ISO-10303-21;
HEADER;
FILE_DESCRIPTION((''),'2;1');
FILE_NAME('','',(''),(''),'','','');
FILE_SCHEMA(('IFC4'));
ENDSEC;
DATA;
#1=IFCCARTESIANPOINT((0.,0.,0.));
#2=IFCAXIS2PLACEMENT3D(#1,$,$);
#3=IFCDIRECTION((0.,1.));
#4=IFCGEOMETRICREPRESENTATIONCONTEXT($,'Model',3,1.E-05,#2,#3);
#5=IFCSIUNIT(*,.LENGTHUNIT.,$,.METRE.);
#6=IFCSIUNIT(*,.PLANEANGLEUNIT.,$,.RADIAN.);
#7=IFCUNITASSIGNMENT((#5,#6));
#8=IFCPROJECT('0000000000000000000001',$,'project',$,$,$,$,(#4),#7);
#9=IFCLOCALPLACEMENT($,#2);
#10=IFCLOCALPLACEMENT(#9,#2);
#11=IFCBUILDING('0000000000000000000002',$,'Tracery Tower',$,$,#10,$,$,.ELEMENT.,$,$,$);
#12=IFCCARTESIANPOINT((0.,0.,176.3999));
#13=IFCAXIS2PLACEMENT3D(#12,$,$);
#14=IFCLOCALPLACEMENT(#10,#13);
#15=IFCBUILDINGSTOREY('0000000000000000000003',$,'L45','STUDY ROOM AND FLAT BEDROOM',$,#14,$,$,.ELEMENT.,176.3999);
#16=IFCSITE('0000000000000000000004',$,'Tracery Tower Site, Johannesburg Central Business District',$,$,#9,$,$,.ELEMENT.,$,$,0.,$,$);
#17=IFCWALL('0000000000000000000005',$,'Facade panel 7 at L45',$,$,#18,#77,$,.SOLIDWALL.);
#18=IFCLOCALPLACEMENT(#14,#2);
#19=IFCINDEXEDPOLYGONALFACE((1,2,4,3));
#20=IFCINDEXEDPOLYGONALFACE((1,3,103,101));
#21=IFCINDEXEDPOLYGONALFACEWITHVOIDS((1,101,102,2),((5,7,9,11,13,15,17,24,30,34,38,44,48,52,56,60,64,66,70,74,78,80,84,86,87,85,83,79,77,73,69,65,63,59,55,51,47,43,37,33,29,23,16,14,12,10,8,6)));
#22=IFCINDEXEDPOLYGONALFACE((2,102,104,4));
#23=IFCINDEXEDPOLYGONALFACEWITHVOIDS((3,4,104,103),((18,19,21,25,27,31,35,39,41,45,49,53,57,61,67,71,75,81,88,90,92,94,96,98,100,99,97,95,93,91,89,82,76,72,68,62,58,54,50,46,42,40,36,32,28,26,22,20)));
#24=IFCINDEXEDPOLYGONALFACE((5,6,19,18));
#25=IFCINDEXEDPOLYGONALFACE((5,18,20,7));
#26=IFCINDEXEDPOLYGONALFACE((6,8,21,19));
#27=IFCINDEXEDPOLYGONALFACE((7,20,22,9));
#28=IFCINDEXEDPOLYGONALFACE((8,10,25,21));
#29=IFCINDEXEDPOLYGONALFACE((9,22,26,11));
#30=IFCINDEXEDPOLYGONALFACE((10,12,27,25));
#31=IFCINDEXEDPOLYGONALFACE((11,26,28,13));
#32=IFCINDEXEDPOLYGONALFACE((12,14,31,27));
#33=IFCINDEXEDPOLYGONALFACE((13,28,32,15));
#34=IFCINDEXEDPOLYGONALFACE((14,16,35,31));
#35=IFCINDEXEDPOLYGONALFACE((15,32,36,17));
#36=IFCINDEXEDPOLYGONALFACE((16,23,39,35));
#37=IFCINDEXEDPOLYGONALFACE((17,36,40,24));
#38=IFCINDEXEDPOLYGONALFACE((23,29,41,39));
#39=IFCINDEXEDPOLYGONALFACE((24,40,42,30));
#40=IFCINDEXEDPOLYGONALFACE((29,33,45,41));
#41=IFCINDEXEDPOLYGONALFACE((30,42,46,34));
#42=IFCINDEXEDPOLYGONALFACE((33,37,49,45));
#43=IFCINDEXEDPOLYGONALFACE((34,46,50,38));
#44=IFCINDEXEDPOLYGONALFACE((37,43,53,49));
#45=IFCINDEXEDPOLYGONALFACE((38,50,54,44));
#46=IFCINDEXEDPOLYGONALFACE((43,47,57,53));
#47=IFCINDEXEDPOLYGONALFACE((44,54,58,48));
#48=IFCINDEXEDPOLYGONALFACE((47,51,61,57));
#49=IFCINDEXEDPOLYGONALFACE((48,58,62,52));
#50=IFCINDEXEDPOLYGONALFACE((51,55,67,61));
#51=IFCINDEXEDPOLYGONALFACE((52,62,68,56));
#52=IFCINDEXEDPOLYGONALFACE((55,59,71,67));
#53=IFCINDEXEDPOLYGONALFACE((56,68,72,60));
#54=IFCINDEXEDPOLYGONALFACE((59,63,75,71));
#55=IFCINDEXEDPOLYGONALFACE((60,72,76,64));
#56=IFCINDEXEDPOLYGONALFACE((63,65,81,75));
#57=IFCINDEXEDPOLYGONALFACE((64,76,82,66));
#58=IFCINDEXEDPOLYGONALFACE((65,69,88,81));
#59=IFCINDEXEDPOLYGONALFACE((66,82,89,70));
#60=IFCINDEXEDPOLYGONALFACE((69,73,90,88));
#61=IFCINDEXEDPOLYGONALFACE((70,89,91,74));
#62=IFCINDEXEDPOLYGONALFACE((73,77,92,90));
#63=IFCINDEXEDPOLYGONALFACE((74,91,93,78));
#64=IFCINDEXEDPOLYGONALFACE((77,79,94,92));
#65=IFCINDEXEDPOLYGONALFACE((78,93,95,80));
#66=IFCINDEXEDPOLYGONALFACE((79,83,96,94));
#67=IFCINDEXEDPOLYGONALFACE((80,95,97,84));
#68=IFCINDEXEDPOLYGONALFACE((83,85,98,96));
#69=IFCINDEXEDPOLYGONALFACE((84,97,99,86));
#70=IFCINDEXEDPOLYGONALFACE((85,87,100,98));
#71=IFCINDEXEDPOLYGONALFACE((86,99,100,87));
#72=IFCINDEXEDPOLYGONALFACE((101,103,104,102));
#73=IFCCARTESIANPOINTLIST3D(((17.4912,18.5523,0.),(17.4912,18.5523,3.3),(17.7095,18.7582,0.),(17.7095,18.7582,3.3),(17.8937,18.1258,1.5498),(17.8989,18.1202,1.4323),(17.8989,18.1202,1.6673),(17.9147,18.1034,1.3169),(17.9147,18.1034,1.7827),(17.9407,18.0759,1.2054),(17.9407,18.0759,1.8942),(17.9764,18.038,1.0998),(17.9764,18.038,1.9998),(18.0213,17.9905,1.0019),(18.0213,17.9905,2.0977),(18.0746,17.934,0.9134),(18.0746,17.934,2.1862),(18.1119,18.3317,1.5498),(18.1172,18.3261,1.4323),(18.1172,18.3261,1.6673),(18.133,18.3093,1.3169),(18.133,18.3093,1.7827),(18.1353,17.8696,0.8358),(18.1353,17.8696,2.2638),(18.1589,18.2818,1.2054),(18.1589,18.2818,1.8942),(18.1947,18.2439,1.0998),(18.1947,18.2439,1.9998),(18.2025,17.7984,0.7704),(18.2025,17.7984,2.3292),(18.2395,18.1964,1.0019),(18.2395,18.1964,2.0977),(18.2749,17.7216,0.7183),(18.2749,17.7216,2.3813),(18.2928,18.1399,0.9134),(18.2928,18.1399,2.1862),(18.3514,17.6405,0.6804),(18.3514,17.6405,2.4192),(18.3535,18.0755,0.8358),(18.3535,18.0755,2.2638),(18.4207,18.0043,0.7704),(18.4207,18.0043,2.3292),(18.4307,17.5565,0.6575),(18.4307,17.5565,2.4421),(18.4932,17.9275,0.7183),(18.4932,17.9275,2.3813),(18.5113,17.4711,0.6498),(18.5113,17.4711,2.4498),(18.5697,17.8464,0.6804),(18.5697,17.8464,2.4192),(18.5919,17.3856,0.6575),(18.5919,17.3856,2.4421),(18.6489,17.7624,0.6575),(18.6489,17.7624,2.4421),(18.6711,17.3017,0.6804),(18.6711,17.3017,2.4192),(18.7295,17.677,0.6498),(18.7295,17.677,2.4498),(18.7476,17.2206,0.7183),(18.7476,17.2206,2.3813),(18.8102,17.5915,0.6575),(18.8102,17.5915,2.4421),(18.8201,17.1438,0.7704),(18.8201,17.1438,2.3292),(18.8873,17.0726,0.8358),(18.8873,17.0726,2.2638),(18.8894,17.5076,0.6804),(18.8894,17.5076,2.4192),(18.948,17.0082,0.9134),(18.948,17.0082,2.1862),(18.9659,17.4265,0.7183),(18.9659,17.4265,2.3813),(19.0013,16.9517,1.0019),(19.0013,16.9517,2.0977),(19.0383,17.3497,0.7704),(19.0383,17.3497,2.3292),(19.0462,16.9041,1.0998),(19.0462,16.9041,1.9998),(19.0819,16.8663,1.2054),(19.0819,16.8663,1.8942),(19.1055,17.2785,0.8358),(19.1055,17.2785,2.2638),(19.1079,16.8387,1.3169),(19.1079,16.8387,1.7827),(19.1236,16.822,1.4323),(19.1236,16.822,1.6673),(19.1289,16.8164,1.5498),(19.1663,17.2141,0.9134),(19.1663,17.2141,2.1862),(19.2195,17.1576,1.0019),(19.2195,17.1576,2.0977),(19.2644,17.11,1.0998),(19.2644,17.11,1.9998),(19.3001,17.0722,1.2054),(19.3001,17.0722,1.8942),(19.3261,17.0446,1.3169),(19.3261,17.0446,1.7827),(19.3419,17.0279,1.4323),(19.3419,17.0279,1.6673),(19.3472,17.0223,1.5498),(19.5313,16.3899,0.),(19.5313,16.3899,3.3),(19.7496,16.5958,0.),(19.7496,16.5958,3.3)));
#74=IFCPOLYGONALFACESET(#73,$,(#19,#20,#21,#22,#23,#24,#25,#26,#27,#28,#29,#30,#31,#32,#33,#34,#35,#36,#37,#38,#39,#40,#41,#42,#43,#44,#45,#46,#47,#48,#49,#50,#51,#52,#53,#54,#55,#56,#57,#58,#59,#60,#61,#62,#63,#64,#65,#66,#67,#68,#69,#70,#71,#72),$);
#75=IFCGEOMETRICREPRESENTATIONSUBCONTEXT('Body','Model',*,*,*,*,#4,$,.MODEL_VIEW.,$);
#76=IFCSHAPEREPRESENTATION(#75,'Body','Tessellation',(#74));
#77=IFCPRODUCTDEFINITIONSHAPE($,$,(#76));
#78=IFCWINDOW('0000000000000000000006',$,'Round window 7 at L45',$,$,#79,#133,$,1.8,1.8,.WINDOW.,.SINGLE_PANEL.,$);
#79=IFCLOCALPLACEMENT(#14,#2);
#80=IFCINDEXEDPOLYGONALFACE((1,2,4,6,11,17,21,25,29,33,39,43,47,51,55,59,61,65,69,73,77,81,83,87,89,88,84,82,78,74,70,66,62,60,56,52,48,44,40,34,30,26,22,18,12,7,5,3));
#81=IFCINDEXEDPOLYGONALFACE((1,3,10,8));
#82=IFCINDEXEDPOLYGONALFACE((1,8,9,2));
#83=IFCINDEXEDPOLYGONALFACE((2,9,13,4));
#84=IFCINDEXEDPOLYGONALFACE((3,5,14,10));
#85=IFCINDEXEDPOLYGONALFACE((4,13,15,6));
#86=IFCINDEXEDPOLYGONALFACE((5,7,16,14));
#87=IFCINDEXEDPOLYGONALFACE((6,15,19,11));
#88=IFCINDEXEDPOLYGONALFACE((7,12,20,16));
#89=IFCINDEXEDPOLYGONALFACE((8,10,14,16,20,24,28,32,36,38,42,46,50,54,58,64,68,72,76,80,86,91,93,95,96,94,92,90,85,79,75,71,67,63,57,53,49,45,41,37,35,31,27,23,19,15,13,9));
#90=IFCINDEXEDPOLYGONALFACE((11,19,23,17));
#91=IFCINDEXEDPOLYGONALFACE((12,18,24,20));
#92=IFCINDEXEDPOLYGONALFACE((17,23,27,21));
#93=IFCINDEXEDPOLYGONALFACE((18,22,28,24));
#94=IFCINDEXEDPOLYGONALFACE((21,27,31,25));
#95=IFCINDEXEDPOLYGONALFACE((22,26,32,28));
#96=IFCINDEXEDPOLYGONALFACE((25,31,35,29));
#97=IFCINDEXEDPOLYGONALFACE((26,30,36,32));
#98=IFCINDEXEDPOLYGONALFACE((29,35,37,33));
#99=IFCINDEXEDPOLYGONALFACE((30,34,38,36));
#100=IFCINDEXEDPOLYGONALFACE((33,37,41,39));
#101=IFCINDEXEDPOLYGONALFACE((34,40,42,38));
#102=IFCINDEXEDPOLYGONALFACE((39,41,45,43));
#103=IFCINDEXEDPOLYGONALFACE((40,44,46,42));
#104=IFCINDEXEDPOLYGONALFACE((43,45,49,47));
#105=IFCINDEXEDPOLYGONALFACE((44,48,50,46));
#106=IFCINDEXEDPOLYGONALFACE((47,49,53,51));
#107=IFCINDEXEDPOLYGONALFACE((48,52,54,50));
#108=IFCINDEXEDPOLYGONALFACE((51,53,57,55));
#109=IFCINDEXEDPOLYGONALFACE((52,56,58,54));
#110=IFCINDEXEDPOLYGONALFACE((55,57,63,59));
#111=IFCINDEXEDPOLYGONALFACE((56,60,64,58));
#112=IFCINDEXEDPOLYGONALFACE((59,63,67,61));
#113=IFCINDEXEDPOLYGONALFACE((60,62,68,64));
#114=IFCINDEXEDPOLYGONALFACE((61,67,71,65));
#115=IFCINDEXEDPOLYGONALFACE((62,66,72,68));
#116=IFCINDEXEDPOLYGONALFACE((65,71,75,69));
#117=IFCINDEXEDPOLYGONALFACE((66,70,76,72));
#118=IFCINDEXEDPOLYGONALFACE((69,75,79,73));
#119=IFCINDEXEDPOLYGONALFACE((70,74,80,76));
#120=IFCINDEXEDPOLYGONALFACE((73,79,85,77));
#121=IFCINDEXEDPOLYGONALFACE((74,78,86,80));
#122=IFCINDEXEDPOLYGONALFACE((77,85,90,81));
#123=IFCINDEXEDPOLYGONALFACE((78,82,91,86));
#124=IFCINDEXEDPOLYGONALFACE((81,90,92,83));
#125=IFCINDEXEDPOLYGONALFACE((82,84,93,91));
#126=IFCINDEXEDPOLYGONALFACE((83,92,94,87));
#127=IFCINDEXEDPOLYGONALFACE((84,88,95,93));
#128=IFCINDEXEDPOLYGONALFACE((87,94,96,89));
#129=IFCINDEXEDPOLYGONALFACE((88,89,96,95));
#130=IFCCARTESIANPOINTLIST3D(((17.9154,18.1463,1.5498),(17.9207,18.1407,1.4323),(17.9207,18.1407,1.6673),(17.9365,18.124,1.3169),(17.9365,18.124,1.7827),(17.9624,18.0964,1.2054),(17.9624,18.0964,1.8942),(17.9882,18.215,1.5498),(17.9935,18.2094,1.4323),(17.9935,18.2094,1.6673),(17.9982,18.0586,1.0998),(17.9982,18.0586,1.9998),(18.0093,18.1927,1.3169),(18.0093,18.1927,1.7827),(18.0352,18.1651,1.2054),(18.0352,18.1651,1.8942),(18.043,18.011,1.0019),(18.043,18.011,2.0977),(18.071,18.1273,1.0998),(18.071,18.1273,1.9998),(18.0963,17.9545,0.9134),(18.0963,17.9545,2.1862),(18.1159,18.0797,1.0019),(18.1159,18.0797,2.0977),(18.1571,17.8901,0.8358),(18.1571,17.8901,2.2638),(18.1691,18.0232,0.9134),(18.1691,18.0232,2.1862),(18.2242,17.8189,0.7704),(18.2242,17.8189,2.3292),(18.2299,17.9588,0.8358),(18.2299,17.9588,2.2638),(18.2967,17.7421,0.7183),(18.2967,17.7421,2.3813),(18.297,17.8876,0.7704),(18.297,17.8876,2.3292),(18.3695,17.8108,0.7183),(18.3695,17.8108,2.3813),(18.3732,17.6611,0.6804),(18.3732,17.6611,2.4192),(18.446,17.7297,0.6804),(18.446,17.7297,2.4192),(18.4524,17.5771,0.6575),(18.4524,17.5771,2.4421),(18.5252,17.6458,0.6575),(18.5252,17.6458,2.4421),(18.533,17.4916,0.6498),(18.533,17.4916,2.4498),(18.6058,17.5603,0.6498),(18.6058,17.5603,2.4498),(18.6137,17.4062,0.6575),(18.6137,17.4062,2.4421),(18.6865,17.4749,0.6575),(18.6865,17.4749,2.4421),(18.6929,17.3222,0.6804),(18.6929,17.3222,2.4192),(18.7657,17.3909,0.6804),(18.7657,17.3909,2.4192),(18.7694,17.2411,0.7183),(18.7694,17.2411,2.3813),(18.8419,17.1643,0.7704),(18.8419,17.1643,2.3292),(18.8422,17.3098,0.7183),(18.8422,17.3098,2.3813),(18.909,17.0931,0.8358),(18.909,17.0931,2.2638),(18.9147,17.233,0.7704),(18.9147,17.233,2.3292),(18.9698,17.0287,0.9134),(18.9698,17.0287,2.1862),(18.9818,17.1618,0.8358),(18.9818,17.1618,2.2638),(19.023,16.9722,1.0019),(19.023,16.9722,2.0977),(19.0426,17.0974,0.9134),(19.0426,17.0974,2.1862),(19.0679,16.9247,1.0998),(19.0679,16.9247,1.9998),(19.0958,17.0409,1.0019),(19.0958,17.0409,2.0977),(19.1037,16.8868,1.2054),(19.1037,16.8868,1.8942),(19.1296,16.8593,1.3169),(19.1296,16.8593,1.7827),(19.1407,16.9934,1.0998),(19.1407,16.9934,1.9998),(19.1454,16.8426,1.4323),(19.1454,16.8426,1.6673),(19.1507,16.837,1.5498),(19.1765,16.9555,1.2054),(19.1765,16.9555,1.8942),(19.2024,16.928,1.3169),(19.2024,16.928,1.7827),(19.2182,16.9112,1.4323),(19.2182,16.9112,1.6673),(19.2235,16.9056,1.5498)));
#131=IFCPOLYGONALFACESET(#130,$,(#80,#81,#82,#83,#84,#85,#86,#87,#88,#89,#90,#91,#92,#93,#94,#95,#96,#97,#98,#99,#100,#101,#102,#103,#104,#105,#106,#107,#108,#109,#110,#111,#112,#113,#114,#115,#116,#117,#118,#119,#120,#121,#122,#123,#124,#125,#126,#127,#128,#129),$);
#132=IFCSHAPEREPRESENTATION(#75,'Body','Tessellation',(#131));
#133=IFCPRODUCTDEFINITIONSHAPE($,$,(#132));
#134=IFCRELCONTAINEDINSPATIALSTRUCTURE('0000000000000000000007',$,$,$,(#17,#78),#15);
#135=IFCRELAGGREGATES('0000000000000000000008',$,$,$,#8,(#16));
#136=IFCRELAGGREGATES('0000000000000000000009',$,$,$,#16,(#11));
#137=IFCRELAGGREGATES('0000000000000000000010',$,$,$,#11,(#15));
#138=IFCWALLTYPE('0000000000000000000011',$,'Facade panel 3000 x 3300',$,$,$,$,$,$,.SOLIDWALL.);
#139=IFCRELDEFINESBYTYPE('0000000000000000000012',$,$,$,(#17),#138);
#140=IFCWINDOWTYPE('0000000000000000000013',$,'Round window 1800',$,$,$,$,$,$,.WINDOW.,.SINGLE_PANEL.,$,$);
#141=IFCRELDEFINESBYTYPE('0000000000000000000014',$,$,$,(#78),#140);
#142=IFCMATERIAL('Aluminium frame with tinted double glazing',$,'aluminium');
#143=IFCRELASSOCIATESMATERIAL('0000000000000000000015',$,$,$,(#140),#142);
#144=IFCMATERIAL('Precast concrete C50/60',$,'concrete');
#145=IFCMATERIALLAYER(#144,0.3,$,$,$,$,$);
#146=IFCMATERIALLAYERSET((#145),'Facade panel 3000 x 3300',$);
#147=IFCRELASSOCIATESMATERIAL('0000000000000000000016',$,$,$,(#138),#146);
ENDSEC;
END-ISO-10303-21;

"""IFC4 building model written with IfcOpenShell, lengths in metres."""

from ifc_helpers import new_model, si_unit, direction, frame, frame_2d, origin, origin_2d, place, context, subcontext, project, spatial, rectangle, circle, extrude, material, layer, layer_set, type_object, element, fill, save


model = new_model("IFC4")

# Units and contexts
model_context = context("Model", 3, precision=1e-05, world=origin(), true_north=direction((0.0, 1.0)))
body_context = subcontext(model_context, "Body", "Model", "MODEL_VIEW")
ifc_project = project(units=[si_unit("LENGTHUNIT", "METRE"), si_unit("PLANEANGLEUNIT", "RADIAN")], contexts=[model_context])

# Site, building, storey
site_placement = place(None, origin())
site = spatial("IfcSite", under=ifc_project, at=site_placement, Name="Tracery Tower Site, Johannesburg Central Business District", CompositionType="ELEMENT", RefElevation=0.0)
building_placement = place(site_placement, origin())
building = spatial("IfcBuilding", under=site, at=building_placement, Name="Tracery Tower", CompositionType="ELEMENT")
storey_placement = place(building_placement, frame((0.0, 0.0, 176.3999)))
storey = spatial("IfcBuildingStorey", under=building, at=storey_placement, Name="L45", Description="STUDY ROOM AND FLAT BEDROOM", CompositionType="ELEMENT", Elevation=176.3999)

# Wall, opening, window
ifc_material_1 = material(Name="Aluminium frame with tinted double glazing", Category="aluminium")
window_type = type_object("IfcWindowType", Name="Round window 1800", PartitioningType="SINGLE_PANEL", PredefinedType="WINDOW", material=ifc_material_1)
ifc_material_2 = material(Name="Precast concrete C50/60", Category="concrete")
ifc_layer_1 = layer(ifc_material_2, 0.3)
ifc_layer_set_1 = layer_set([ifc_layer_1], Name="Facade panel 3000 x 3300")
wall_type_1 = type_object("IfcWallType", Name="Facade panel 3000 x 3300", PredefinedType="SOLIDWALL", material=ifc_layer_set_1)
wall_1_placement = place(storey_placement, frame((19.6404, 16.4929, 0.0), z_axis=(0.0, 0.0, 1.0), x_axis=(-0.686235, 0.72738, 0.0)))
wall_1 = element("IfcWall", 1, at=wall_1_placement, inside=storey, type_object=wall_type_1, Name="Facade panel 7 at L45", PredefinedType="SOLIDWALL", context=body_context, shape_type="SweptSolid", body=[
    extrude(rectangle(XDim=2.9729, YDim=0.3, at=frame_2d((1.4863, 0.0))), origin(), (0.0, 0.0, 1.0), 3.3),
])
opening_1_placement = place(wall_1_placement, frame((1.4863, 0.0, 1.5498)))
opening_1 = element("IfcOpeningElement", 2, at=opening_1_placement, cuts=wall_1, PredefinedType="OPENING", context=body_context, shape_type="SweptSolid", body=[
    extrude(circle(Radius=0.9, at=origin_2d()), frame((0.0, 0.1599, 0.0), z_axis=(0.0, -1.0, 0.0), x_axis=(1.0, 0.0, 0.0)), (0.0, 0.0, 1.0), 0.3201),
])
window_1_placement = place(opening_1_placement, origin())
window_1 = element("IfcWindow", 3, at=window_1_placement, inside=storey, type_object=window_type, Name="Round window 7 at L45", OverallHeight=1.8, OverallWidth=1.8, PartitioningType="SINGLE_PANEL", PredefinedType="WINDOW", context=body_context, shape_type="SweptSolid", body=[
    extrude(circle(Radius=0.9, at=origin_2d()), frame((0.0, 0.1201, 0.0), z_axis=(0.0, -1.0, 0.0), x_axis=(1.0, 0.0, 0.0)), (0.0, 0.0, 1.0), 0.1001),
])
fill(opening_1, window_1)

save(model, "model.ifc")
